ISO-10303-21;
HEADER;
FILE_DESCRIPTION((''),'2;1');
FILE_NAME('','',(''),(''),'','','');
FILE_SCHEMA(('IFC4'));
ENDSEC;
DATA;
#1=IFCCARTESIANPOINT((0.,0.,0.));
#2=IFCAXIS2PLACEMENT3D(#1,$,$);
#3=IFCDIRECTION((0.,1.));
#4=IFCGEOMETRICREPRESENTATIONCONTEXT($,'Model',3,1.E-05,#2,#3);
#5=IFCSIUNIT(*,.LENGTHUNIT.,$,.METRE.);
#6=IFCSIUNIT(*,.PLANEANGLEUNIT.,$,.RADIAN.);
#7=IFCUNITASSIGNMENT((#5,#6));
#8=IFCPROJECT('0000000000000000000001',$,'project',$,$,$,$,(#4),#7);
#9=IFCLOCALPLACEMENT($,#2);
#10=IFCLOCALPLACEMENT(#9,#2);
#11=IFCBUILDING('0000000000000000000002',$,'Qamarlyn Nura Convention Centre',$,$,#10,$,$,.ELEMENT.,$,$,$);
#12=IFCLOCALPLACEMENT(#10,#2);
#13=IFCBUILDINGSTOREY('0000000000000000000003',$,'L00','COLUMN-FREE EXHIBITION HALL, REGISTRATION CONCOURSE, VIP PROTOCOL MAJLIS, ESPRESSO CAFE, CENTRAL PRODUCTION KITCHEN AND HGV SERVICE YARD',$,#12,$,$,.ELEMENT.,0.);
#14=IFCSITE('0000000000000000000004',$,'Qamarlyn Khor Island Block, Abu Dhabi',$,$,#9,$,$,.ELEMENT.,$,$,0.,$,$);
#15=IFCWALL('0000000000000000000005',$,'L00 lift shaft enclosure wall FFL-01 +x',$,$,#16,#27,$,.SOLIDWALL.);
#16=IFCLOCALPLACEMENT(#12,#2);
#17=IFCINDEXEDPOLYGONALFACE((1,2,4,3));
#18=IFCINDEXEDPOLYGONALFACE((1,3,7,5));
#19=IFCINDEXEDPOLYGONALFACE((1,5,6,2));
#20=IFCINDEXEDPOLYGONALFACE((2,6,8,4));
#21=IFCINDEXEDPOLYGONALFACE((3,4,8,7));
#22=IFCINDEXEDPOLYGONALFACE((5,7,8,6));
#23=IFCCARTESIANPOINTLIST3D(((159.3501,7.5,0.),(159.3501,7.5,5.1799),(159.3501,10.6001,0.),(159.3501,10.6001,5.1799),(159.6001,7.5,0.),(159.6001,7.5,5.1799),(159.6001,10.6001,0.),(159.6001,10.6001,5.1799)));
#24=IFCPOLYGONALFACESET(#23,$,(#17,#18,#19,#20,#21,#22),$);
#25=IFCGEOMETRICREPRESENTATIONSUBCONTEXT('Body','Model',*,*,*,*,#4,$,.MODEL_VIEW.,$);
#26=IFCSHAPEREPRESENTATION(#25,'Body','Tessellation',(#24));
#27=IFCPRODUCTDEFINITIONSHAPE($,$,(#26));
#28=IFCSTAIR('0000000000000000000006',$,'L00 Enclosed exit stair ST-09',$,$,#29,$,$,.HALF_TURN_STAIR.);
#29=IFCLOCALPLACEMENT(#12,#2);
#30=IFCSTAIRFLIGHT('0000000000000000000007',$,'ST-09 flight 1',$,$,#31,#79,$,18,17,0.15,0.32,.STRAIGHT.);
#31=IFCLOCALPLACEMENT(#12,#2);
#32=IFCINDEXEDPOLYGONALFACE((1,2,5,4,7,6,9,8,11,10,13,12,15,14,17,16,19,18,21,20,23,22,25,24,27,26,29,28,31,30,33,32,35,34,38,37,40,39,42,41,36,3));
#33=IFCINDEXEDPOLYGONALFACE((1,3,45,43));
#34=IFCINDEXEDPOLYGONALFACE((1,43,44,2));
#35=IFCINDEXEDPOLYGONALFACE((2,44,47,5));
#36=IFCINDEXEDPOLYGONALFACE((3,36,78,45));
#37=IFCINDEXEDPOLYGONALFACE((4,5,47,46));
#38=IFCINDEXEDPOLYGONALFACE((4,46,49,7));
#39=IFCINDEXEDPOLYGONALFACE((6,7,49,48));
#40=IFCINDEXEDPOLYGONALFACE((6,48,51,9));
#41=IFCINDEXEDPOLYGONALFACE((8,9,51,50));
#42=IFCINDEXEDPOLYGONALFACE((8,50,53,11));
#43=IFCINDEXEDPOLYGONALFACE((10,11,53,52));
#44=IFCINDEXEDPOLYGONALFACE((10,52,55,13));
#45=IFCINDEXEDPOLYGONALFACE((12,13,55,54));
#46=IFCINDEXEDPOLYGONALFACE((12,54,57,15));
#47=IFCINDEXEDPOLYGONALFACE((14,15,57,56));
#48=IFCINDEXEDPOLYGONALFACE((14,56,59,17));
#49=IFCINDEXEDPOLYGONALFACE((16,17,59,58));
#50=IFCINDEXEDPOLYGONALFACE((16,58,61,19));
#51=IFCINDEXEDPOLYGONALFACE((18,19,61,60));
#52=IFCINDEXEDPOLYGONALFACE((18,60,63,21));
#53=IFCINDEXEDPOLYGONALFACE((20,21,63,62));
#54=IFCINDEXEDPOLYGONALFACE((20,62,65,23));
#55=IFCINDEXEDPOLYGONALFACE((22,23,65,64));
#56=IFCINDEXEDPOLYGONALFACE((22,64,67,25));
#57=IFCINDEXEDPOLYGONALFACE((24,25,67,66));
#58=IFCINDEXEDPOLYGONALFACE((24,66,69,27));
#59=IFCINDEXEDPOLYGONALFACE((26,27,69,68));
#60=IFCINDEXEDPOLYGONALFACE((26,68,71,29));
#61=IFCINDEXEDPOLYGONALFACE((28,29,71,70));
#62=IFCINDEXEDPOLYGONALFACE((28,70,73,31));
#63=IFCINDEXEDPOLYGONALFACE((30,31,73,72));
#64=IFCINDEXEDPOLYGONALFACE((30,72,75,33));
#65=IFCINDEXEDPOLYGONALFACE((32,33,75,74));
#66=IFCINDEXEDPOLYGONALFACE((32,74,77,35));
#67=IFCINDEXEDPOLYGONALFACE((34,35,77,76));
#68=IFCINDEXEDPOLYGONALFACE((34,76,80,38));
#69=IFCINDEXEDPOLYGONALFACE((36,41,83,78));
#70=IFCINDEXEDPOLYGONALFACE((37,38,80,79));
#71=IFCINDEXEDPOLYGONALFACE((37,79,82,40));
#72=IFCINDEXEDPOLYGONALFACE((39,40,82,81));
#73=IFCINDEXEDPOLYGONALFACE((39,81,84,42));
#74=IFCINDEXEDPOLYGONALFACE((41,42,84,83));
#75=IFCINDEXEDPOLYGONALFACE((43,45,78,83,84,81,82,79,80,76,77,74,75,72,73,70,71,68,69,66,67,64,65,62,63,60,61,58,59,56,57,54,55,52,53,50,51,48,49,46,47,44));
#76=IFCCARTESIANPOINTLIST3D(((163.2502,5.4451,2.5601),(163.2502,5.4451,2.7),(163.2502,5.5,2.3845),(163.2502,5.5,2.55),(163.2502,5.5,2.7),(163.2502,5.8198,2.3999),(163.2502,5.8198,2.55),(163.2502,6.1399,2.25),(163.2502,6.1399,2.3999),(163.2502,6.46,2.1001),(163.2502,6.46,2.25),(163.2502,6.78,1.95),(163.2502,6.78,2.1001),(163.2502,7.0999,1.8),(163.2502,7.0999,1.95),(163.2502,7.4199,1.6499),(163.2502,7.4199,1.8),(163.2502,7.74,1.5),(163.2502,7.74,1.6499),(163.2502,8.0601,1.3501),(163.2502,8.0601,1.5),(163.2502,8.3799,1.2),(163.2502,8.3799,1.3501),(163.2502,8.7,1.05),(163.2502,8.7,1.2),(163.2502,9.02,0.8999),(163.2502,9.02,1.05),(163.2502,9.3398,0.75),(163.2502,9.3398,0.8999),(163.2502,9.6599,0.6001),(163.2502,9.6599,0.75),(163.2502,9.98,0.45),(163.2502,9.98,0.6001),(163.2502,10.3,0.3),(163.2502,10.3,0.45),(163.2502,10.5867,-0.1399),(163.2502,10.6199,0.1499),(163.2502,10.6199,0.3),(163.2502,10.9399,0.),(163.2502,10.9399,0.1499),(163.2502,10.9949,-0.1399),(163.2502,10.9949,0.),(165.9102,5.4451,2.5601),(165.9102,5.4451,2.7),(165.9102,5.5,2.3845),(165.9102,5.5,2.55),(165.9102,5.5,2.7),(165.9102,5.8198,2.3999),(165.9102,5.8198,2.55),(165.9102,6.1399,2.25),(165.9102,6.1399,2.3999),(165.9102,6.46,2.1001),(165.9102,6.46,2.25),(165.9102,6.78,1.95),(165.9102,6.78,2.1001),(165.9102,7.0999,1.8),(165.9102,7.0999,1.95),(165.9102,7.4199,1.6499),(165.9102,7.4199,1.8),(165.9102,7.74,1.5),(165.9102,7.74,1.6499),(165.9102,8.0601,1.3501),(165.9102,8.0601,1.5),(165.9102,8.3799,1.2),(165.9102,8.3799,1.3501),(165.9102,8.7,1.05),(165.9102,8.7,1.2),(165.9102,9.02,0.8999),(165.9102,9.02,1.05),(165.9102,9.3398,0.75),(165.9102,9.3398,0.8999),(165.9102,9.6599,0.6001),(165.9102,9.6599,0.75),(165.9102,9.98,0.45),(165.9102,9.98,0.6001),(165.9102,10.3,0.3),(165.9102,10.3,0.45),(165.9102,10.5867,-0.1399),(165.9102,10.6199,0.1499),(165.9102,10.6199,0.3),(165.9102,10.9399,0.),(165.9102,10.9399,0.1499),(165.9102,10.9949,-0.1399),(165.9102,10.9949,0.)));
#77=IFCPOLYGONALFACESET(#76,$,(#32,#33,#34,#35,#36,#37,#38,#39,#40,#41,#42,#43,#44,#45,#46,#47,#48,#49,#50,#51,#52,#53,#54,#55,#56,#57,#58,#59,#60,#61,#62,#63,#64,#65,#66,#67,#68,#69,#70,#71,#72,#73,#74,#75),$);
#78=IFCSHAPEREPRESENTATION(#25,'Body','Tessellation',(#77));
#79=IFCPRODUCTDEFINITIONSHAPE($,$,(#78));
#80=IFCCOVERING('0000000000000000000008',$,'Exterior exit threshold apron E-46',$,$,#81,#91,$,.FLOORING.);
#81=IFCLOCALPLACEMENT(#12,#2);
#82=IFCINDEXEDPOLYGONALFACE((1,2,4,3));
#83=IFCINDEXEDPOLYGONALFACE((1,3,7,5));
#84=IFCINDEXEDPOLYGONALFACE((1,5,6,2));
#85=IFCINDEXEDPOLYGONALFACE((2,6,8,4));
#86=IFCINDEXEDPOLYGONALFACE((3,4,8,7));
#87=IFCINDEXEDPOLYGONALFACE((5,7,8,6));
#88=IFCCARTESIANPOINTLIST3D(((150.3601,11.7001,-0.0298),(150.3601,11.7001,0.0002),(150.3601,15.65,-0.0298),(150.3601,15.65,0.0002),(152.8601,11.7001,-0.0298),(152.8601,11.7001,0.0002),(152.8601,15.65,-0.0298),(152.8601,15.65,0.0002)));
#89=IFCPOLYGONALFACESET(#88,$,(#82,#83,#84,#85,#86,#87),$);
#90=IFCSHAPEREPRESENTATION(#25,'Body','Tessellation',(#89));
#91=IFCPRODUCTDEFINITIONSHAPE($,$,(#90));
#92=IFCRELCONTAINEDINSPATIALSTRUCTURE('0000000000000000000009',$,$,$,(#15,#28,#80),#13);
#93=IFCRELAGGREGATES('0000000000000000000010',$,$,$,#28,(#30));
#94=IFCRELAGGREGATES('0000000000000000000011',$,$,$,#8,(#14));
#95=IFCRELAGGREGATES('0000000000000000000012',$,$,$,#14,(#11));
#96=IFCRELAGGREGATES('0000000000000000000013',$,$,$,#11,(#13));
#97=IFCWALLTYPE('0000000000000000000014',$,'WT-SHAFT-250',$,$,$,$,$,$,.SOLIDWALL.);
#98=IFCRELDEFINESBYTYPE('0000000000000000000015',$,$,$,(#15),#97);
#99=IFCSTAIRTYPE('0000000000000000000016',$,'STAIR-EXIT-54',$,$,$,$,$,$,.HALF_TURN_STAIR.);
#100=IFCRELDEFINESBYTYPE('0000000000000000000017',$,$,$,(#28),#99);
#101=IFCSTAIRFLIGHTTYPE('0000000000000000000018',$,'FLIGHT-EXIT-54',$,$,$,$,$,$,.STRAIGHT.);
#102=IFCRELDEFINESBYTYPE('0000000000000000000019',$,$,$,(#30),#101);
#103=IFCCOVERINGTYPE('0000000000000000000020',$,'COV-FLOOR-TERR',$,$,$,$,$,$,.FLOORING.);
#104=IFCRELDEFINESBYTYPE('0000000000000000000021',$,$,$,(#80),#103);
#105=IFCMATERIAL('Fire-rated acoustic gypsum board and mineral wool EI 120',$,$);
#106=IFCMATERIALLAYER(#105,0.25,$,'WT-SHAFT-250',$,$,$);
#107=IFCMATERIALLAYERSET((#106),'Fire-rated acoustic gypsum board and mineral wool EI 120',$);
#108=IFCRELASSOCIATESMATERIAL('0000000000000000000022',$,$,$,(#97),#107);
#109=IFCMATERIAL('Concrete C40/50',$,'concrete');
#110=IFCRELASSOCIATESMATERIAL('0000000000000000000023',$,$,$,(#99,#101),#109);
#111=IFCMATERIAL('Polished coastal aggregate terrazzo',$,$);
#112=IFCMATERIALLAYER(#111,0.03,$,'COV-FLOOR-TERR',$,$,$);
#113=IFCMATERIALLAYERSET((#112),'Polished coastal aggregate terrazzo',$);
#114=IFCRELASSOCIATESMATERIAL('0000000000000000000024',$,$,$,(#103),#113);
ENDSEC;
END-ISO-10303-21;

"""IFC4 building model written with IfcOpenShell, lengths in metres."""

from ifc_helpers import new_model, si_unit, direction, frame, frame_2d, origin, origin_2d, place, context, subcontext, project, spatial, polyline, rectangle, outline, extrude, material, layer, layer_set, type_object, element, aggregate, save


model = new_model("IFC4")

# Units and contexts
model_context = context("Model", 3, precision=1e-05, world=origin(), true_north=direction((0.0, 1.0)))
body_context = subcontext(model_context, "Body", "Model", "MODEL_VIEW")
ifc_project = project(units=[si_unit("LENGTHUNIT", "METRE"), si_unit("PLANEANGLEUNIT", "RADIAN")], contexts=[model_context])

# Site, building, storey
site_placement = place(None, origin())
site = spatial("IfcSite", under=ifc_project, at=site_placement, Name="Qamarlyn Khor Island Block, Abu Dhabi", CompositionType="ELEMENT", RefElevation=0.0)
building_placement = place(site_placement, origin())
building = spatial("IfcBuilding", under=site, at=building_placement, Name="Qamarlyn Nura Convention Centre", CompositionType="ELEMENT")
storey_placement = place(building_placement, origin())
storey = spatial("IfcBuildingStorey", under=building, at=storey_placement, Name="L00", Description="COLUMN-FREE EXHIBITION HALL, REGISTRATION CONCOURSE, VIP PROTOCOL MAJLIS, ESPRESSO CAFE, CENTRAL PRODUCTION KITCHEN AND HGV SERVICE YARD", CompositionType="ELEMENT", Elevation=0.0)

# Shared definitions
ifc_material_1 = material(Name="Fire-rated acoustic gypsum board and mineral wool EI 120")

# Shared definitions
ifc_material_2 = material(Name="Concrete C40/50", Category="concrete")

# Shared definitions
ifc_layer_1 = layer(ifc_material_1, 0.25, Name="WT-SHAFT-250")
ifc_layer_set_1 = layer_set([ifc_layer_1], Name="Fire-rated acoustic gypsum board and mineral wool EI 120")
wall_type_1 = type_object("IfcWallType", Name="WT-SHAFT-250", PredefinedType="SOLIDWALL", material=ifc_layer_set_1)

# Wall
for number, where, z_axis, x_axis, name in (
    (1, (159.4751, 7.5, 0.0), (0.0, 0.0, 1.0), (0.0, 1.0, 0.0), "L00 lift shaft enclosure wall FFL-01 +x"),
):
    element("IfcWall", number, at=place(storey_placement, frame(where, z_axis=z_axis, x_axis=x_axis)), inside=storey, type_object=wall_type_1, Name=name, PredefinedType="SOLIDWALL", context=body_context, shape_type="SweptSolid", body=[
        extrude(rectangle(XDim=3.1001, YDim=0.25, at=frame_2d((1.55, 0.0))), origin(), (0.0, 0.0, 1.0), 5.1799),
    ])

# Stair, stair flight
stair_type = type_object("IfcStairType", Name="STAIR-EXIT-54", PredefinedType="HALF_TURN_STAIR", material=ifc_material_2)
stair_placement = place(storey_placement, origin())
stair = element("IfcStair", 2, at=stair_placement, inside=storey, type_object=stair_type, Name="L00 Enclosed exit stair ST-09", PredefinedType="HALF_TURN_STAIR")
stair_flight_type = type_object("IfcStairFlightType", Name="FLIGHT-EXIT-54", PredefinedType="STRAIGHT", material=ifc_material_2)
stair_flight_placement = place(storey_placement, frame((164.5801, 10.9399, 0.0), z_axis=(0.0, 0.0, 1.0), x_axis=(0.0, -1.0, 0.0)))
stair_flight = element("IfcStairFlight", 3, at=stair_flight_placement, type_object=stair_flight_type, Name="ST-09 flight 1", NumberOfRisers=18, NumberOfTreads=17, PredefinedType="STRAIGHT", RiserHeight=0.15, TreadLength=0.32, context=body_context, shape_type="SweptSolid", body=[
    extrude(outline(polyline([(-0.0549, 0.0), (0.0, 0.0), (0.0, 0.1499), (0.3201, 0.1499), (0.3201, 0.3), (0.6399, 0.3), (0.6399, 0.45), (0.96, 0.45), (0.96, 0.6001), (1.28, 0.6001), (1.28, 0.75), (1.6001, 0.75), (1.6001, 0.8999), (1.9199, 0.8999), (1.9199, 1.05), (2.24, 1.05), (2.24, 1.2), (2.5601, 1.2), (2.5601, 1.3501), (2.8799, 1.3501), (2.8799, 1.5), (3.2, 1.5), (3.2, 1.6499), (3.52, 1.6499), (3.52, 1.8), (3.8401, 1.8), (3.8401, 1.95), (4.1599, 1.95), (4.1599, 2.1001), (4.48, 2.1001), (4.48, 2.25), (4.8, 2.25), (4.8, 2.3999), (5.1201, 2.3999), (5.1201, 2.55), (5.4399, 2.55), (5.4399, 2.7), (5.4949, 2.7), (5.4949, 2.5601), (5.4399, 2.3845), (0.3533, -0.1399), (-0.0549, -0.1399), (-0.0549, 0.0)])), frame((0.0, 1.3301, 0.0), z_axis=(0.0, -1.0, 0.0), x_axis=(1.0, 0.0, 0.0)), (0.0, 0.0, 1.0), 2.6599),
])
aggregate(stair, [stair_flight])

# Covering
ifc_material_3 = material(Name="Polished coastal aggregate terrazzo")
ifc_layer_2 = layer(ifc_material_3, 0.03, Name="COV-FLOOR-TERR")
ifc_layer_set_2 = layer_set([ifc_layer_2], Name="Polished coastal aggregate terrazzo")
covering_type = type_object("IfcCoveringType", Name="COV-FLOOR-TERR", PredefinedType="FLOORING", material=ifc_layer_set_2)
covering_placement = place(storey_placement, frame((151.6101, 13.675, -0.0298), z_axis=(0.0, 0.0, 1.0), x_axis=(0.0, 1.0, 0.0)))
element("IfcCovering", 4, at=covering_placement, inside=storey, type_object=covering_type, Name="Exterior exit threshold apron E-46", PredefinedType="FLOORING", context=body_context, shape_type="SweptSolid", body=[
    extrude(rectangle(XDim=3.95, YDim=2.5, at=origin_2d()), origin(), (0.0, 0.0, 1.0), 0.03),
])

save(model, "model.ifc")
